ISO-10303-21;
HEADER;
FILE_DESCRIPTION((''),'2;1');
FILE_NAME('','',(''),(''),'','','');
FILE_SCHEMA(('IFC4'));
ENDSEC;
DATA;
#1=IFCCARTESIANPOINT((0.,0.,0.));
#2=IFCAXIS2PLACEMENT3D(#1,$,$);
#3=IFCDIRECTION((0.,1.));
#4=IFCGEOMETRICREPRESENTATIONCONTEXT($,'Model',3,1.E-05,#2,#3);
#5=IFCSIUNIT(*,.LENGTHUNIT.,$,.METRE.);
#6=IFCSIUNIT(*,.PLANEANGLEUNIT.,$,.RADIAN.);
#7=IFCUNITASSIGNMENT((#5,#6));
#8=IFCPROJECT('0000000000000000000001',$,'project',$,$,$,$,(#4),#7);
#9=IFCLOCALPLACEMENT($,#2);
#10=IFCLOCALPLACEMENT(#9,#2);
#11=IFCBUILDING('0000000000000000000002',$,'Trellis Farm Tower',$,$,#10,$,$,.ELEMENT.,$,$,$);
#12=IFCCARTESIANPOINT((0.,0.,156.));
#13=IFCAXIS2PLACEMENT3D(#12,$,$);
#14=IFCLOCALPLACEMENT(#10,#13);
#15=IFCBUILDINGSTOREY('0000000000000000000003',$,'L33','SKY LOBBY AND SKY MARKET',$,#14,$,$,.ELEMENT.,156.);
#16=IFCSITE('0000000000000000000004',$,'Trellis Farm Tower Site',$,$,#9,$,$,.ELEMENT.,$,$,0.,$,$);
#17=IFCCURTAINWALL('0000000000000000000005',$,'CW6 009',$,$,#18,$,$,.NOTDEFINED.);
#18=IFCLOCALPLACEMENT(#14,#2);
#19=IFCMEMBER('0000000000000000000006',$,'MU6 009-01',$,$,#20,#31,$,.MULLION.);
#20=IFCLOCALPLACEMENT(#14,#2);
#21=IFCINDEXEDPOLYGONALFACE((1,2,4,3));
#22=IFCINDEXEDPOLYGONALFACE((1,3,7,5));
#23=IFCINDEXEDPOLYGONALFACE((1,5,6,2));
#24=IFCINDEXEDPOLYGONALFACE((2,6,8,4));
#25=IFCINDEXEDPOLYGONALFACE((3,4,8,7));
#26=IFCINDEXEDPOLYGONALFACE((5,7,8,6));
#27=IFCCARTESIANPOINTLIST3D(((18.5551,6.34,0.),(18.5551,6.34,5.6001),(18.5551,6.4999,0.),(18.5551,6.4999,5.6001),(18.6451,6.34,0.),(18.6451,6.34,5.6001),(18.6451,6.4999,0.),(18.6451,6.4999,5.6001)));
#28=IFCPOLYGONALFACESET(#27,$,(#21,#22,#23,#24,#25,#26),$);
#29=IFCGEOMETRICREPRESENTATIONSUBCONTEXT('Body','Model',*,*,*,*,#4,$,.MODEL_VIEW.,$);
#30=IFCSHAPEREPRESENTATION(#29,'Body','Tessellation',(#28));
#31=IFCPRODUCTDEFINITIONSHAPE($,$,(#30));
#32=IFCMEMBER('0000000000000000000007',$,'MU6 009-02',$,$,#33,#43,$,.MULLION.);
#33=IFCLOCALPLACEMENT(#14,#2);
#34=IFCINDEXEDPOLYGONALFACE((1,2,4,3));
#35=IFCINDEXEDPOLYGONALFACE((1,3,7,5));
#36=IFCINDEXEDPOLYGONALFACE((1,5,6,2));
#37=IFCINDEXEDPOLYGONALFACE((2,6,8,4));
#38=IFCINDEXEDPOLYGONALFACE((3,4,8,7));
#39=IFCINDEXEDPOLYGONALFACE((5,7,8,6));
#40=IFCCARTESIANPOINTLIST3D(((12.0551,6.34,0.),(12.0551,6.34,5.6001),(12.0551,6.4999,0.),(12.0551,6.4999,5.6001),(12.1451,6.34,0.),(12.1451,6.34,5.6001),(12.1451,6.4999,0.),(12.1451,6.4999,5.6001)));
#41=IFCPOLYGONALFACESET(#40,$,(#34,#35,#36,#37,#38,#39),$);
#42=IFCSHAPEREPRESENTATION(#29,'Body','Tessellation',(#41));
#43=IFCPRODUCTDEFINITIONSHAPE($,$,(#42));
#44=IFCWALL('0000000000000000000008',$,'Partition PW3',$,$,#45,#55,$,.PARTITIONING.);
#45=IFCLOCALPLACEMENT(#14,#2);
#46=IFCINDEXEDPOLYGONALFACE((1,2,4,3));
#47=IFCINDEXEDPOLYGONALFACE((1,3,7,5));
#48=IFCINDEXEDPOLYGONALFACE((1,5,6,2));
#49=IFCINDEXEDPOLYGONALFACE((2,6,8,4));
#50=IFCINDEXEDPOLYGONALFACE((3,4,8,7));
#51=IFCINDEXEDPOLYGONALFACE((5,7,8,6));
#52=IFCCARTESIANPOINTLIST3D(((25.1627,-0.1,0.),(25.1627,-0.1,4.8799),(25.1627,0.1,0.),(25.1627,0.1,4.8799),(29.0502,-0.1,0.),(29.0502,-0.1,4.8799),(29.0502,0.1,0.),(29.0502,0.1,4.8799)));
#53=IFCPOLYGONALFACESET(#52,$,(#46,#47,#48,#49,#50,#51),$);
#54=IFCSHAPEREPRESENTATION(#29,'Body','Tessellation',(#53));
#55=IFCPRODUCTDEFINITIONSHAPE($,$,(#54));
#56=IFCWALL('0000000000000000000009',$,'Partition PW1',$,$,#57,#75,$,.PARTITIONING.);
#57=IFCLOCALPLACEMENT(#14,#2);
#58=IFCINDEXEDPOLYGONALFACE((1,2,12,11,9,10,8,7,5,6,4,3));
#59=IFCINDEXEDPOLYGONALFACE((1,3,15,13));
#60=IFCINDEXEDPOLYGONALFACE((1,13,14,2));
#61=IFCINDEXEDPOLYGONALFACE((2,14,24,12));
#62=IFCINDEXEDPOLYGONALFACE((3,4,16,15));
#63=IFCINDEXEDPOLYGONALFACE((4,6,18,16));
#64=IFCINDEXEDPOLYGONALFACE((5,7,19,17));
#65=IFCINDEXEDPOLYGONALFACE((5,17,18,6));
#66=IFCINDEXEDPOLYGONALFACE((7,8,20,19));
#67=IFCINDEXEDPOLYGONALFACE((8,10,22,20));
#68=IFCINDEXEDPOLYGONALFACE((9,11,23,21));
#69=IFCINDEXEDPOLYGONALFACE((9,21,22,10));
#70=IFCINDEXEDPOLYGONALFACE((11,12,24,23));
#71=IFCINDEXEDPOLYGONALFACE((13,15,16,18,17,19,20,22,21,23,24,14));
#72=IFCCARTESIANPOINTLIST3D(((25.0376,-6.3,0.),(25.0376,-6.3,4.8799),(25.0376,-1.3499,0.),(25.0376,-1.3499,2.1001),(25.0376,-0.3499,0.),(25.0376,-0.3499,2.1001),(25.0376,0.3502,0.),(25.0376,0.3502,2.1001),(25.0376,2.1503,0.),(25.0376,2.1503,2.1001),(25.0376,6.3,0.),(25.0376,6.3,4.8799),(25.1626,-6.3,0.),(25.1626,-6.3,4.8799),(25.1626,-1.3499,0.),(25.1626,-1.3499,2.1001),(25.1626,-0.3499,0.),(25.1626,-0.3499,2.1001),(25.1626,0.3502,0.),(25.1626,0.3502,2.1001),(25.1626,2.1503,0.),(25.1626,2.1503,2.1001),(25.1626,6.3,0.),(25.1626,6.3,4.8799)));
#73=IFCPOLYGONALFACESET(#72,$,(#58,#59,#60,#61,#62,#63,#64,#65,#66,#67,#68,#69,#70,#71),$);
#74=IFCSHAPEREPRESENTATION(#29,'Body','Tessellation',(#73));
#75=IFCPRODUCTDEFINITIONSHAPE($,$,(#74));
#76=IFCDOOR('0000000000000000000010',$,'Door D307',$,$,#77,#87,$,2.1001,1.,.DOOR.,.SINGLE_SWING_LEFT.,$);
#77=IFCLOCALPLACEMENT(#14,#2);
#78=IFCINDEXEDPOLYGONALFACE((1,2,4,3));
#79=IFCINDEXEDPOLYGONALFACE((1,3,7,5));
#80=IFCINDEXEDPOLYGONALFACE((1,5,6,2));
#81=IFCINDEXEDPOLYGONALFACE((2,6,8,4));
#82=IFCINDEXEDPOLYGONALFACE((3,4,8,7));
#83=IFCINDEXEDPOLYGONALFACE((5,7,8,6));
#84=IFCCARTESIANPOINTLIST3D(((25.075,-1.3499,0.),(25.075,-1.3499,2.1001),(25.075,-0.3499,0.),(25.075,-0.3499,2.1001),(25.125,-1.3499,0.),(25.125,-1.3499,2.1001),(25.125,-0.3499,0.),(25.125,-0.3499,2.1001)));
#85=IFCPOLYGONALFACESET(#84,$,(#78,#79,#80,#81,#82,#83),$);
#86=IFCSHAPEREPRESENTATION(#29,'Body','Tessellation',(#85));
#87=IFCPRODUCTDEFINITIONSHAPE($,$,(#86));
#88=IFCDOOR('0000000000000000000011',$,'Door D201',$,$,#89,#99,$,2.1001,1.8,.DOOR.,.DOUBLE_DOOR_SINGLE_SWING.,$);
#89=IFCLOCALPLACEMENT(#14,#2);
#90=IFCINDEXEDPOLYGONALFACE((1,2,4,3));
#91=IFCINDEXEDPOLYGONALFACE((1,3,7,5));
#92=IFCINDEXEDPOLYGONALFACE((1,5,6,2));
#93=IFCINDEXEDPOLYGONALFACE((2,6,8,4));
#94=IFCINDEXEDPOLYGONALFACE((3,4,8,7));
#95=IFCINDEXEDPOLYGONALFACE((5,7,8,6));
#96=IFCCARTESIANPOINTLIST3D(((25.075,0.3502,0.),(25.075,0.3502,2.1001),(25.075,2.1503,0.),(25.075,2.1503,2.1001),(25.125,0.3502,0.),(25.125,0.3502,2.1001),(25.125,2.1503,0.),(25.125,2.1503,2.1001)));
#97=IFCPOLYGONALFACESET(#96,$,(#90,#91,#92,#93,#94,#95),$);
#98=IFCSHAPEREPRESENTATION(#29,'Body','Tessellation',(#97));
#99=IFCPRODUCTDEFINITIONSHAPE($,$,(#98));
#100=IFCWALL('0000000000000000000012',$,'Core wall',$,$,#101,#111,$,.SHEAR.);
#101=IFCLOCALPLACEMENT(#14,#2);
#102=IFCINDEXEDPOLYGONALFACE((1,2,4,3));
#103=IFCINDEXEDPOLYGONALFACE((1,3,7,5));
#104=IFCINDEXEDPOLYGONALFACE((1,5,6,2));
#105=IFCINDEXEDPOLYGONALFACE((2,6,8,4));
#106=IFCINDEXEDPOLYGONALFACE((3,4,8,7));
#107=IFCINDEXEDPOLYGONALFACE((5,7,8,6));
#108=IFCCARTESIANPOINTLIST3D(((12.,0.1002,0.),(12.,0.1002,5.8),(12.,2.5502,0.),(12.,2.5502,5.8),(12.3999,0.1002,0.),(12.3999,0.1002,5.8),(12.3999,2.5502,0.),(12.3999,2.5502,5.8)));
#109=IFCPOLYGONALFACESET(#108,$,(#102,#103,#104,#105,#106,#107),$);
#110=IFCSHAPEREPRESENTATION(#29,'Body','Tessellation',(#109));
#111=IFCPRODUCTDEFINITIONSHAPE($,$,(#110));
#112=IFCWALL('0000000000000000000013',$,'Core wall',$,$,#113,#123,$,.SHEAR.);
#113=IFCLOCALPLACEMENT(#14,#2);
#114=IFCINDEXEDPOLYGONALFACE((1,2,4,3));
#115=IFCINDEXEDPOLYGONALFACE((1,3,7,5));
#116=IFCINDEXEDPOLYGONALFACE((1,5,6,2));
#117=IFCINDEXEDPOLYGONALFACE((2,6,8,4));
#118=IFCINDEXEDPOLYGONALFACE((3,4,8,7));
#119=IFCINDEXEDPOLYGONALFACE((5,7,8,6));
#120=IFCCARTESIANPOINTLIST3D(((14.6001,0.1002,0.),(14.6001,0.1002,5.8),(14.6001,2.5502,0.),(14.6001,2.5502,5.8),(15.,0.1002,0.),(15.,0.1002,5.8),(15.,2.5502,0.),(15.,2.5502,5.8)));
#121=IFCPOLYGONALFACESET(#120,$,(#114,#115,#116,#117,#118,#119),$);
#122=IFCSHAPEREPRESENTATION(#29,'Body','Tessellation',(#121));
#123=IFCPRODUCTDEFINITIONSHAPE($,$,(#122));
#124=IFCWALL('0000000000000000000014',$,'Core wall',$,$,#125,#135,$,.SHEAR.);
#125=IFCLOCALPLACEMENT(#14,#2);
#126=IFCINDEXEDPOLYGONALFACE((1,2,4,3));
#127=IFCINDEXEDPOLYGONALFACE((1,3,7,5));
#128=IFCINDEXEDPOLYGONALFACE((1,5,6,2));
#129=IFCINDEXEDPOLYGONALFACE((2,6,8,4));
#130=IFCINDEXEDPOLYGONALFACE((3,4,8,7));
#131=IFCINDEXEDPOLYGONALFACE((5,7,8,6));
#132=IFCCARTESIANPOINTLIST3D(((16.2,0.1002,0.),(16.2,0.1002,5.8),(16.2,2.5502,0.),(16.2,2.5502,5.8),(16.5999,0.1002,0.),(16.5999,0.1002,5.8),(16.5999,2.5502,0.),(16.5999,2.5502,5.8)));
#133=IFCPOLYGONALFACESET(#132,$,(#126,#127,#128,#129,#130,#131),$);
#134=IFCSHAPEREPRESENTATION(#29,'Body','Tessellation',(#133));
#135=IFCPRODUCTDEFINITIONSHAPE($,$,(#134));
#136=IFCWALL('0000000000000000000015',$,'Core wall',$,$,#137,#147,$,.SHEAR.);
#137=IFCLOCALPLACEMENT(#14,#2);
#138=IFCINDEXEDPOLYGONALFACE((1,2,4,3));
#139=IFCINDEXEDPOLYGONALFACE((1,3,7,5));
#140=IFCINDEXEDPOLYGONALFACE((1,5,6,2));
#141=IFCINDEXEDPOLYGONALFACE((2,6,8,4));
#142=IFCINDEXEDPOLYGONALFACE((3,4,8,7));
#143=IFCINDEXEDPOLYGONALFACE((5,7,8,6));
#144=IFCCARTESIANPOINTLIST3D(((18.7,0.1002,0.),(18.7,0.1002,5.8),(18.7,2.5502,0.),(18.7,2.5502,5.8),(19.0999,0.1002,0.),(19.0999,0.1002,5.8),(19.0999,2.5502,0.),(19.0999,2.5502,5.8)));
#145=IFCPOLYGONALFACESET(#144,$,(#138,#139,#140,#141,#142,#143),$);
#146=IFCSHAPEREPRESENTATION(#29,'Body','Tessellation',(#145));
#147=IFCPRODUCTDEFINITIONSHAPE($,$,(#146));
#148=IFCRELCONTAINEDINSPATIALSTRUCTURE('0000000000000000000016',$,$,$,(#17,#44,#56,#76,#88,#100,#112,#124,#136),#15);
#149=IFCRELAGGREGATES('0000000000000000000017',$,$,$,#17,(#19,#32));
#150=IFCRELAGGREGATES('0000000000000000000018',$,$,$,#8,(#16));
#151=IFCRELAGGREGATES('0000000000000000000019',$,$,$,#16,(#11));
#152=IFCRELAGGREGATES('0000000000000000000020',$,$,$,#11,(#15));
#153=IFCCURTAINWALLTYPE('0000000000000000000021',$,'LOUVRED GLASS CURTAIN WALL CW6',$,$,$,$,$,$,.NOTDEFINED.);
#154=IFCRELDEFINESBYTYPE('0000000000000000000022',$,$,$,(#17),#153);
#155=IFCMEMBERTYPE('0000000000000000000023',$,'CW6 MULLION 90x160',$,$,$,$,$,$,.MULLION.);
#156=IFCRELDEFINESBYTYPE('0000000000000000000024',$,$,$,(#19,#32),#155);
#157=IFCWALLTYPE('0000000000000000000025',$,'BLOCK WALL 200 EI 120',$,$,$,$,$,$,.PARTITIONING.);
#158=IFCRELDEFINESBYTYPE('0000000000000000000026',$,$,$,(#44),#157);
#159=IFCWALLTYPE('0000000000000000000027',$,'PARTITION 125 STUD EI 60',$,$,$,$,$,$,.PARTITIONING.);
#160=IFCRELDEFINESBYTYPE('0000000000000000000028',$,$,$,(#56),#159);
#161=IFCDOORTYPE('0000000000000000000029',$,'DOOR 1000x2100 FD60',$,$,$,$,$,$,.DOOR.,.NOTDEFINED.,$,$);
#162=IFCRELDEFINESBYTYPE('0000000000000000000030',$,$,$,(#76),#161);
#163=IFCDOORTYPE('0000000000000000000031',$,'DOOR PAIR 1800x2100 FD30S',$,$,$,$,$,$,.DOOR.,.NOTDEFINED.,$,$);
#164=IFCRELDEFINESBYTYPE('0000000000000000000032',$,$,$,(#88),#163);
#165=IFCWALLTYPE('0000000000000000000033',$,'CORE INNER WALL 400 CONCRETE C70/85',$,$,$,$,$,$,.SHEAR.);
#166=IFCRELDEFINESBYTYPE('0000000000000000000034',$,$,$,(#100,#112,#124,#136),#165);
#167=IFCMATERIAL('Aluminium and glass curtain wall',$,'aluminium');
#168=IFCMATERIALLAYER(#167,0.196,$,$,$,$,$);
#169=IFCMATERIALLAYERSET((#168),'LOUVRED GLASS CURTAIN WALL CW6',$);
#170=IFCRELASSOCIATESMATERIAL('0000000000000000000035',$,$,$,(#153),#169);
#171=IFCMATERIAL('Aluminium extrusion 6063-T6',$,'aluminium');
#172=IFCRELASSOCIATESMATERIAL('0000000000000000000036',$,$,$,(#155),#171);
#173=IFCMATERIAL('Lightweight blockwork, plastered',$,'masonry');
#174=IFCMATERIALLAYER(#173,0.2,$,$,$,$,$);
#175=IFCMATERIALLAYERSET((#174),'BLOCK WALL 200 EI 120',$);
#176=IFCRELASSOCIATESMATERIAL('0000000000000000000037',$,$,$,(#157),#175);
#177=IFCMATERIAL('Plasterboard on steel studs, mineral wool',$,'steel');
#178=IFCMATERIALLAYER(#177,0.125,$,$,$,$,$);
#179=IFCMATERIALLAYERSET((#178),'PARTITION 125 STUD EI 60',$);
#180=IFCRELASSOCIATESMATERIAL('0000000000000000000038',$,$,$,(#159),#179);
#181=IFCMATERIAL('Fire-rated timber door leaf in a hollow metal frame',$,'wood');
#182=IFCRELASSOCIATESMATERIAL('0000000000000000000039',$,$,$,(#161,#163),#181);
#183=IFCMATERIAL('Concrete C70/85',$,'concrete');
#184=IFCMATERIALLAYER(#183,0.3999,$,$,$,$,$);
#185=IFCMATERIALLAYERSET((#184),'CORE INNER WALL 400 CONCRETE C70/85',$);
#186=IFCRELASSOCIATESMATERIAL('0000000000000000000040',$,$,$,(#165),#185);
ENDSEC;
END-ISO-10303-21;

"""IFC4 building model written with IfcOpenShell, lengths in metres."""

from ifc_helpers import new_model, si_unit, direction, frame, frame_2d, origin, origin_2d, place, context, subcontext, project, spatial, rectangle, extrude, source, transform, mapped, material, layer, layer_set, material_profile, profile_set, type_object, element, fill, aggregate, save


model = new_model("IFC4")

# Units and contexts
model_context = context("Model", 3, precision=1e-05, world=origin(), true_north=direction((0.0, 1.0)))
body_context = subcontext(model_context, "Body", "Model", "MODEL_VIEW")
ifc_project = project(units=[si_unit("LENGTHUNIT", "METRE"), si_unit("PLANEANGLEUNIT", "RADIAN")], contexts=[model_context])

# Site, building, storey
site_placement = place(None, origin())
site = spatial("IfcSite", under=ifc_project, at=site_placement, Name="Trellis Farm Tower Site", CompositionType="ELEMENT", RefElevation=0.0)
building_placement = place(site_placement, origin())
building = spatial("IfcBuilding", under=site, at=building_placement, Name="Trellis Farm Tower", CompositionType="ELEMENT")
storey_placement = place(building_placement, frame((0.0, 0.0, 156.0)))
storey = spatial("IfcBuildingStorey", under=building, at=storey_placement, Name="L33", Description="SKY LOBBY AND SKY MARKET", CompositionType="ELEMENT", Elevation=156.0)

# Shared definitions
ifc_material_1 = material(Name="Concrete C70/85", Category="concrete")

# Curtain wall, members
ifc_material_2 = material(Name="Aluminium and glass curtain wall", Category="aluminium")
ifc_layer_1 = layer(ifc_material_2, 0.196)
ifc_layer_set_1 = layer_set([ifc_layer_1], Name="LOUVRED GLASS CURTAIN WALL CW6")
curtain_wall_type = type_object("IfcCurtainWallType", Name="LOUVRED GLASS CURTAIN WALL CW6", PredefinedType="NOTDEFINED", material=ifc_layer_set_1)
placement = place(storey_placement, origin())
ifc_material_3 = material(Name="Aluminium extrusion 6063-T6", Category="aluminium")
ifc_material_profile_1 = material_profile(ifc_material_3, rectangle(XDim=0.0901, YDim=0.1599, at=origin_2d()), Name="MULLION 90x160")
ifc_profile_set_1 = profile_set([ifc_material_profile_1], Name="Aluminium extrusion 6063-T6")
member_type = type_object("IfcMemberType", Name="CW6 MULLION 90x160", PredefinedType="MULLION", material=ifc_profile_set_1)
shared_shape_1 = source(origin(), body_context, "Body", "SweptSolid", [
    extrude(rectangle(XDim=0.0901, YDim=0.1599, at=origin_2d()), origin(), (0.0, 0.0, 1.0), 5.6001),
])
curtain_wall_1 = element("IfcCurtainWall", 1, at=placement, inside=storey, type_object=curtain_wall_type, Name="CW6 009", PredefinedType="NOTDEFINED")
member_1_placement = place(storey_placement, frame((18.6001, 6.4199, 0.0), z_axis=(0.0, 0.0, 1.0), x_axis=(-1.0, 0.0, 0.0)))
member_1 = element("IfcMember", 2, at=member_1_placement, type_object=member_type, Name="MU6 009-01", PredefinedType="MULLION", context=body_context, shape_type="MappedRepresentation", body=[
    mapped(shared_shape_1, transform((0.0, 0.0, 0.0))),
])
member_2_placement = place(storey_placement, frame((12.1001, 6.4199, 0.0), z_axis=(0.0, 0.0, 1.0), x_axis=(-1.0, 0.0, 0.0)))
member_2 = element("IfcMember", 3, at=member_2_placement, type_object=member_type, Name="MU6 009-02", PredefinedType="MULLION", context=body_context, shape_type="MappedRepresentation", body=[
    mapped(shared_shape_1, transform((0.0, 0.0, 0.0))),
])
aggregate(curtain_wall_1, [member_1, member_2])

# Wall
ifc_material_4 = material(Name="Lightweight blockwork, plastered", Category="masonry")
ifc_layer_2 = layer(ifc_material_4, 0.2)
ifc_layer_set_2 = layer_set([ifc_layer_2], Name="BLOCK WALL 200 EI 120")
wall_type_1 = type_object("IfcWallType", Name="BLOCK WALL 200 EI 120", PredefinedType="PARTITIONING", material=ifc_layer_set_2)
wall_1_placement = place(storey_placement, frame((25.1626, 0.0, 0.0), z_axis=(0.0, 0.0, 1.0), x_axis=(1.0, 0.0, 0.0)))
element("IfcWall", 4, at=wall_1_placement, inside=storey, type_object=wall_type_1, Name="Partition PW3", PredefinedType="PARTITIONING", context=body_context, shape_type="SweptSolid", body=[
    extrude(rectangle(XDim=3.8875, YDim=0.2, at=frame_2d((1.9438, 0.0))), origin(), (0.0, 0.0, 1.0), 4.8799),
])

# Wall, openings, doors
ifc_material_5 = material(Name="Plasterboard on steel studs, mineral wool", Category="steel")
ifc_layer_3 = layer(ifc_material_5, 0.125)
ifc_layer_set_3 = layer_set([ifc_layer_3], Name="PARTITION 125 STUD EI 60")
wall_type_2 = type_object("IfcWallType", Name="PARTITION 125 STUD EI 60", PredefinedType="PARTITIONING", material=ifc_layer_set_3)
wall_2_placement = place(storey_placement, frame((25.1001, 6.3, 0.0), z_axis=(0.0, 0.0, 1.0), x_axis=(0.0, -1.0, 0.0)))
wall_2 = element("IfcWall", 5, at=wall_2_placement, inside=storey, type_object=wall_type_2, Name="Partition PW1", PredefinedType="PARTITIONING", context=body_context, shape_type="SweptSolid", body=[
    extrude(rectangle(XDim=12.6001, YDim=0.125, at=frame_2d((6.3, 0.0))), origin(), (0.0, 0.0, 1.0), 4.8799),
])
shared_shape_2 = source(origin(), body_context, "Body", "SweptSolid", [
    extrude(rectangle(XDim=1.0, YDim=2.1001, at=frame_2d((0.5, 1.05))), frame((0.0, 0.0725, 0.0), z_axis=(0.0, -1.0, 0.0), x_axis=(1.0, 0.0, 0.0)), (0.0, 0.0, 1.0), 0.145),
])
opening_1_placement = place(wall_2_placement, frame((6.6499, 0.0, 0.0)))
opening_1 = element("IfcOpeningElement", 6, at=opening_1_placement, cuts=wall_2, PredefinedType="OPENING", context=body_context, shape_type="MappedRepresentation", body=[
    mapped(shared_shape_2, transform((0.0, 0.0, 0.0))),
])
shared_shape_3 = source(origin(), body_context, "Body", "SweptSolid", [
    extrude(rectangle(XDim=1.8, YDim=2.1001, at=frame_2d((0.8999, 1.05))), frame((0.0, 0.0725, 0.0), z_axis=(0.0, -1.0, 0.0), x_axis=(1.0, 0.0, 0.0)), (0.0, 0.0, 1.0), 0.145),
])
opening_2_placement = place(wall_2_placement, frame((4.1499, 0.0, 0.0)))
opening_2 = element("IfcOpeningElement", 7, at=opening_2_placement, cuts=wall_2, PredefinedType="OPENING", context=body_context, shape_type="MappedRepresentation", body=[
    mapped(shared_shape_3, transform((0.0, 0.0, 0.0))),
])
ifc_material_6 = material(Name="Fire-rated timber door leaf in a hollow metal frame", Category="wood")
door_type_1 = type_object("IfcDoorType", Name="DOOR 1000x2100 FD60", OperationType="NOTDEFINED", PredefinedType="DOOR", material=ifc_material_6)
shared_shape_4 = source(origin(), body_context, "Body", "SweptSolid", [
    extrude(rectangle(XDim=1.0, YDim=2.1001, at=frame_2d((0.5, 1.05))), frame((0.0, 0.0249, 0.0), z_axis=(0.0, -1.0, 0.0), x_axis=(1.0, 0.0, 0.0)), (0.0, 0.0, 1.0), 0.05),
])
door_1_placement = place(opening_1_placement, origin())
door_1 = element("IfcDoor", 8, at=door_1_placement, inside=storey, type_object=door_type_1, Name="Door D307", OperationType="SINGLE_SWING_LEFT", OverallHeight=2.1001, OverallWidth=1.0, PredefinedType="DOOR", context=body_context, shape_type="MappedRepresentation", body=[
    mapped(shared_shape_4, transform((0.0, 0.0, 0.0))),
])
fill(opening_1, door_1)
door_type_2 = type_object("IfcDoorType", Name="DOOR PAIR 1800x2100 FD30S", OperationType="NOTDEFINED", PredefinedType="DOOR", material=ifc_material_6)
shared_shape_5 = source(origin(), body_context, "Body", "SweptSolid", [
    extrude(rectangle(XDim=1.8, YDim=2.1001, at=frame_2d((0.8999, 1.05))), frame((0.0, 0.0249, 0.0), z_axis=(0.0, -1.0, 0.0), x_axis=(1.0, 0.0, 0.0)), (0.0, 0.0, 1.0), 0.05),
])
door_2_placement = place(opening_2_placement, origin())
door_2 = element("IfcDoor", 9, at=door_2_placement, inside=storey, type_object=door_type_2, Name="Door D201", OperationType="DOUBLE_DOOR_SINGLE_SWING", OverallHeight=2.1001, OverallWidth=1.8, PredefinedType="DOOR", context=body_context, shape_type="MappedRepresentation", body=[
    mapped(shared_shape_5, transform((0.0, 0.0, 0.0))),
])
fill(opening_2, door_2)

# Walls
ifc_layer_4 = layer(ifc_material_1, 0.3999)
ifc_layer_set_4 = layer_set([ifc_layer_4], Name="CORE INNER WALL 400 CONCRETE C70/85")
wall_type_3 = type_object("IfcWallType", Name="CORE INNER WALL 400 CONCRETE C70/85", PredefinedType="SHEAR", material=ifc_layer_set_4)
shared_shape_6 = source(origin(), body_context, "Body", "SweptSolid", [
    extrude(rectangle(XDim=2.45, YDim=0.3999, at=frame_2d((1.2251, 0.0))), origin(), (0.0, 0.0, 1.0), 5.8),
])
for number, where, z_axis, x_axis, name in (
    (10, (12.2, 0.1001, 0.0), (0.0, 0.0, 1.0), (0.0, 1.0, 0.0), "Core wall"),
    (11, (14.8, 0.1001, 0.0), (0.0, 0.0, 1.0), (0.0, 1.0, 0.0), "Core wall"),
    (12, (16.3999, 0.1001, 0.0), (0.0, 0.0, 1.0), (0.0, 1.0, 0.0), "Core wall"),
    (13, (18.8999, 0.1001, 0.0), (0.0, 0.0, 1.0), (0.0, 1.0, 0.0), "Core wall"),
):
    element("IfcWall", number, at=place(storey_placement, frame(where, z_axis=z_axis, x_axis=x_axis)), inside=storey, type_object=wall_type_3, Name=name, PredefinedType="SHEAR", context=body_context, shape_type="MappedRepresentation", body=[
        mapped(shared_shape_6, transform((0.0, 0.0, 0.0))),
    ])

save(model, "model.ifc")
